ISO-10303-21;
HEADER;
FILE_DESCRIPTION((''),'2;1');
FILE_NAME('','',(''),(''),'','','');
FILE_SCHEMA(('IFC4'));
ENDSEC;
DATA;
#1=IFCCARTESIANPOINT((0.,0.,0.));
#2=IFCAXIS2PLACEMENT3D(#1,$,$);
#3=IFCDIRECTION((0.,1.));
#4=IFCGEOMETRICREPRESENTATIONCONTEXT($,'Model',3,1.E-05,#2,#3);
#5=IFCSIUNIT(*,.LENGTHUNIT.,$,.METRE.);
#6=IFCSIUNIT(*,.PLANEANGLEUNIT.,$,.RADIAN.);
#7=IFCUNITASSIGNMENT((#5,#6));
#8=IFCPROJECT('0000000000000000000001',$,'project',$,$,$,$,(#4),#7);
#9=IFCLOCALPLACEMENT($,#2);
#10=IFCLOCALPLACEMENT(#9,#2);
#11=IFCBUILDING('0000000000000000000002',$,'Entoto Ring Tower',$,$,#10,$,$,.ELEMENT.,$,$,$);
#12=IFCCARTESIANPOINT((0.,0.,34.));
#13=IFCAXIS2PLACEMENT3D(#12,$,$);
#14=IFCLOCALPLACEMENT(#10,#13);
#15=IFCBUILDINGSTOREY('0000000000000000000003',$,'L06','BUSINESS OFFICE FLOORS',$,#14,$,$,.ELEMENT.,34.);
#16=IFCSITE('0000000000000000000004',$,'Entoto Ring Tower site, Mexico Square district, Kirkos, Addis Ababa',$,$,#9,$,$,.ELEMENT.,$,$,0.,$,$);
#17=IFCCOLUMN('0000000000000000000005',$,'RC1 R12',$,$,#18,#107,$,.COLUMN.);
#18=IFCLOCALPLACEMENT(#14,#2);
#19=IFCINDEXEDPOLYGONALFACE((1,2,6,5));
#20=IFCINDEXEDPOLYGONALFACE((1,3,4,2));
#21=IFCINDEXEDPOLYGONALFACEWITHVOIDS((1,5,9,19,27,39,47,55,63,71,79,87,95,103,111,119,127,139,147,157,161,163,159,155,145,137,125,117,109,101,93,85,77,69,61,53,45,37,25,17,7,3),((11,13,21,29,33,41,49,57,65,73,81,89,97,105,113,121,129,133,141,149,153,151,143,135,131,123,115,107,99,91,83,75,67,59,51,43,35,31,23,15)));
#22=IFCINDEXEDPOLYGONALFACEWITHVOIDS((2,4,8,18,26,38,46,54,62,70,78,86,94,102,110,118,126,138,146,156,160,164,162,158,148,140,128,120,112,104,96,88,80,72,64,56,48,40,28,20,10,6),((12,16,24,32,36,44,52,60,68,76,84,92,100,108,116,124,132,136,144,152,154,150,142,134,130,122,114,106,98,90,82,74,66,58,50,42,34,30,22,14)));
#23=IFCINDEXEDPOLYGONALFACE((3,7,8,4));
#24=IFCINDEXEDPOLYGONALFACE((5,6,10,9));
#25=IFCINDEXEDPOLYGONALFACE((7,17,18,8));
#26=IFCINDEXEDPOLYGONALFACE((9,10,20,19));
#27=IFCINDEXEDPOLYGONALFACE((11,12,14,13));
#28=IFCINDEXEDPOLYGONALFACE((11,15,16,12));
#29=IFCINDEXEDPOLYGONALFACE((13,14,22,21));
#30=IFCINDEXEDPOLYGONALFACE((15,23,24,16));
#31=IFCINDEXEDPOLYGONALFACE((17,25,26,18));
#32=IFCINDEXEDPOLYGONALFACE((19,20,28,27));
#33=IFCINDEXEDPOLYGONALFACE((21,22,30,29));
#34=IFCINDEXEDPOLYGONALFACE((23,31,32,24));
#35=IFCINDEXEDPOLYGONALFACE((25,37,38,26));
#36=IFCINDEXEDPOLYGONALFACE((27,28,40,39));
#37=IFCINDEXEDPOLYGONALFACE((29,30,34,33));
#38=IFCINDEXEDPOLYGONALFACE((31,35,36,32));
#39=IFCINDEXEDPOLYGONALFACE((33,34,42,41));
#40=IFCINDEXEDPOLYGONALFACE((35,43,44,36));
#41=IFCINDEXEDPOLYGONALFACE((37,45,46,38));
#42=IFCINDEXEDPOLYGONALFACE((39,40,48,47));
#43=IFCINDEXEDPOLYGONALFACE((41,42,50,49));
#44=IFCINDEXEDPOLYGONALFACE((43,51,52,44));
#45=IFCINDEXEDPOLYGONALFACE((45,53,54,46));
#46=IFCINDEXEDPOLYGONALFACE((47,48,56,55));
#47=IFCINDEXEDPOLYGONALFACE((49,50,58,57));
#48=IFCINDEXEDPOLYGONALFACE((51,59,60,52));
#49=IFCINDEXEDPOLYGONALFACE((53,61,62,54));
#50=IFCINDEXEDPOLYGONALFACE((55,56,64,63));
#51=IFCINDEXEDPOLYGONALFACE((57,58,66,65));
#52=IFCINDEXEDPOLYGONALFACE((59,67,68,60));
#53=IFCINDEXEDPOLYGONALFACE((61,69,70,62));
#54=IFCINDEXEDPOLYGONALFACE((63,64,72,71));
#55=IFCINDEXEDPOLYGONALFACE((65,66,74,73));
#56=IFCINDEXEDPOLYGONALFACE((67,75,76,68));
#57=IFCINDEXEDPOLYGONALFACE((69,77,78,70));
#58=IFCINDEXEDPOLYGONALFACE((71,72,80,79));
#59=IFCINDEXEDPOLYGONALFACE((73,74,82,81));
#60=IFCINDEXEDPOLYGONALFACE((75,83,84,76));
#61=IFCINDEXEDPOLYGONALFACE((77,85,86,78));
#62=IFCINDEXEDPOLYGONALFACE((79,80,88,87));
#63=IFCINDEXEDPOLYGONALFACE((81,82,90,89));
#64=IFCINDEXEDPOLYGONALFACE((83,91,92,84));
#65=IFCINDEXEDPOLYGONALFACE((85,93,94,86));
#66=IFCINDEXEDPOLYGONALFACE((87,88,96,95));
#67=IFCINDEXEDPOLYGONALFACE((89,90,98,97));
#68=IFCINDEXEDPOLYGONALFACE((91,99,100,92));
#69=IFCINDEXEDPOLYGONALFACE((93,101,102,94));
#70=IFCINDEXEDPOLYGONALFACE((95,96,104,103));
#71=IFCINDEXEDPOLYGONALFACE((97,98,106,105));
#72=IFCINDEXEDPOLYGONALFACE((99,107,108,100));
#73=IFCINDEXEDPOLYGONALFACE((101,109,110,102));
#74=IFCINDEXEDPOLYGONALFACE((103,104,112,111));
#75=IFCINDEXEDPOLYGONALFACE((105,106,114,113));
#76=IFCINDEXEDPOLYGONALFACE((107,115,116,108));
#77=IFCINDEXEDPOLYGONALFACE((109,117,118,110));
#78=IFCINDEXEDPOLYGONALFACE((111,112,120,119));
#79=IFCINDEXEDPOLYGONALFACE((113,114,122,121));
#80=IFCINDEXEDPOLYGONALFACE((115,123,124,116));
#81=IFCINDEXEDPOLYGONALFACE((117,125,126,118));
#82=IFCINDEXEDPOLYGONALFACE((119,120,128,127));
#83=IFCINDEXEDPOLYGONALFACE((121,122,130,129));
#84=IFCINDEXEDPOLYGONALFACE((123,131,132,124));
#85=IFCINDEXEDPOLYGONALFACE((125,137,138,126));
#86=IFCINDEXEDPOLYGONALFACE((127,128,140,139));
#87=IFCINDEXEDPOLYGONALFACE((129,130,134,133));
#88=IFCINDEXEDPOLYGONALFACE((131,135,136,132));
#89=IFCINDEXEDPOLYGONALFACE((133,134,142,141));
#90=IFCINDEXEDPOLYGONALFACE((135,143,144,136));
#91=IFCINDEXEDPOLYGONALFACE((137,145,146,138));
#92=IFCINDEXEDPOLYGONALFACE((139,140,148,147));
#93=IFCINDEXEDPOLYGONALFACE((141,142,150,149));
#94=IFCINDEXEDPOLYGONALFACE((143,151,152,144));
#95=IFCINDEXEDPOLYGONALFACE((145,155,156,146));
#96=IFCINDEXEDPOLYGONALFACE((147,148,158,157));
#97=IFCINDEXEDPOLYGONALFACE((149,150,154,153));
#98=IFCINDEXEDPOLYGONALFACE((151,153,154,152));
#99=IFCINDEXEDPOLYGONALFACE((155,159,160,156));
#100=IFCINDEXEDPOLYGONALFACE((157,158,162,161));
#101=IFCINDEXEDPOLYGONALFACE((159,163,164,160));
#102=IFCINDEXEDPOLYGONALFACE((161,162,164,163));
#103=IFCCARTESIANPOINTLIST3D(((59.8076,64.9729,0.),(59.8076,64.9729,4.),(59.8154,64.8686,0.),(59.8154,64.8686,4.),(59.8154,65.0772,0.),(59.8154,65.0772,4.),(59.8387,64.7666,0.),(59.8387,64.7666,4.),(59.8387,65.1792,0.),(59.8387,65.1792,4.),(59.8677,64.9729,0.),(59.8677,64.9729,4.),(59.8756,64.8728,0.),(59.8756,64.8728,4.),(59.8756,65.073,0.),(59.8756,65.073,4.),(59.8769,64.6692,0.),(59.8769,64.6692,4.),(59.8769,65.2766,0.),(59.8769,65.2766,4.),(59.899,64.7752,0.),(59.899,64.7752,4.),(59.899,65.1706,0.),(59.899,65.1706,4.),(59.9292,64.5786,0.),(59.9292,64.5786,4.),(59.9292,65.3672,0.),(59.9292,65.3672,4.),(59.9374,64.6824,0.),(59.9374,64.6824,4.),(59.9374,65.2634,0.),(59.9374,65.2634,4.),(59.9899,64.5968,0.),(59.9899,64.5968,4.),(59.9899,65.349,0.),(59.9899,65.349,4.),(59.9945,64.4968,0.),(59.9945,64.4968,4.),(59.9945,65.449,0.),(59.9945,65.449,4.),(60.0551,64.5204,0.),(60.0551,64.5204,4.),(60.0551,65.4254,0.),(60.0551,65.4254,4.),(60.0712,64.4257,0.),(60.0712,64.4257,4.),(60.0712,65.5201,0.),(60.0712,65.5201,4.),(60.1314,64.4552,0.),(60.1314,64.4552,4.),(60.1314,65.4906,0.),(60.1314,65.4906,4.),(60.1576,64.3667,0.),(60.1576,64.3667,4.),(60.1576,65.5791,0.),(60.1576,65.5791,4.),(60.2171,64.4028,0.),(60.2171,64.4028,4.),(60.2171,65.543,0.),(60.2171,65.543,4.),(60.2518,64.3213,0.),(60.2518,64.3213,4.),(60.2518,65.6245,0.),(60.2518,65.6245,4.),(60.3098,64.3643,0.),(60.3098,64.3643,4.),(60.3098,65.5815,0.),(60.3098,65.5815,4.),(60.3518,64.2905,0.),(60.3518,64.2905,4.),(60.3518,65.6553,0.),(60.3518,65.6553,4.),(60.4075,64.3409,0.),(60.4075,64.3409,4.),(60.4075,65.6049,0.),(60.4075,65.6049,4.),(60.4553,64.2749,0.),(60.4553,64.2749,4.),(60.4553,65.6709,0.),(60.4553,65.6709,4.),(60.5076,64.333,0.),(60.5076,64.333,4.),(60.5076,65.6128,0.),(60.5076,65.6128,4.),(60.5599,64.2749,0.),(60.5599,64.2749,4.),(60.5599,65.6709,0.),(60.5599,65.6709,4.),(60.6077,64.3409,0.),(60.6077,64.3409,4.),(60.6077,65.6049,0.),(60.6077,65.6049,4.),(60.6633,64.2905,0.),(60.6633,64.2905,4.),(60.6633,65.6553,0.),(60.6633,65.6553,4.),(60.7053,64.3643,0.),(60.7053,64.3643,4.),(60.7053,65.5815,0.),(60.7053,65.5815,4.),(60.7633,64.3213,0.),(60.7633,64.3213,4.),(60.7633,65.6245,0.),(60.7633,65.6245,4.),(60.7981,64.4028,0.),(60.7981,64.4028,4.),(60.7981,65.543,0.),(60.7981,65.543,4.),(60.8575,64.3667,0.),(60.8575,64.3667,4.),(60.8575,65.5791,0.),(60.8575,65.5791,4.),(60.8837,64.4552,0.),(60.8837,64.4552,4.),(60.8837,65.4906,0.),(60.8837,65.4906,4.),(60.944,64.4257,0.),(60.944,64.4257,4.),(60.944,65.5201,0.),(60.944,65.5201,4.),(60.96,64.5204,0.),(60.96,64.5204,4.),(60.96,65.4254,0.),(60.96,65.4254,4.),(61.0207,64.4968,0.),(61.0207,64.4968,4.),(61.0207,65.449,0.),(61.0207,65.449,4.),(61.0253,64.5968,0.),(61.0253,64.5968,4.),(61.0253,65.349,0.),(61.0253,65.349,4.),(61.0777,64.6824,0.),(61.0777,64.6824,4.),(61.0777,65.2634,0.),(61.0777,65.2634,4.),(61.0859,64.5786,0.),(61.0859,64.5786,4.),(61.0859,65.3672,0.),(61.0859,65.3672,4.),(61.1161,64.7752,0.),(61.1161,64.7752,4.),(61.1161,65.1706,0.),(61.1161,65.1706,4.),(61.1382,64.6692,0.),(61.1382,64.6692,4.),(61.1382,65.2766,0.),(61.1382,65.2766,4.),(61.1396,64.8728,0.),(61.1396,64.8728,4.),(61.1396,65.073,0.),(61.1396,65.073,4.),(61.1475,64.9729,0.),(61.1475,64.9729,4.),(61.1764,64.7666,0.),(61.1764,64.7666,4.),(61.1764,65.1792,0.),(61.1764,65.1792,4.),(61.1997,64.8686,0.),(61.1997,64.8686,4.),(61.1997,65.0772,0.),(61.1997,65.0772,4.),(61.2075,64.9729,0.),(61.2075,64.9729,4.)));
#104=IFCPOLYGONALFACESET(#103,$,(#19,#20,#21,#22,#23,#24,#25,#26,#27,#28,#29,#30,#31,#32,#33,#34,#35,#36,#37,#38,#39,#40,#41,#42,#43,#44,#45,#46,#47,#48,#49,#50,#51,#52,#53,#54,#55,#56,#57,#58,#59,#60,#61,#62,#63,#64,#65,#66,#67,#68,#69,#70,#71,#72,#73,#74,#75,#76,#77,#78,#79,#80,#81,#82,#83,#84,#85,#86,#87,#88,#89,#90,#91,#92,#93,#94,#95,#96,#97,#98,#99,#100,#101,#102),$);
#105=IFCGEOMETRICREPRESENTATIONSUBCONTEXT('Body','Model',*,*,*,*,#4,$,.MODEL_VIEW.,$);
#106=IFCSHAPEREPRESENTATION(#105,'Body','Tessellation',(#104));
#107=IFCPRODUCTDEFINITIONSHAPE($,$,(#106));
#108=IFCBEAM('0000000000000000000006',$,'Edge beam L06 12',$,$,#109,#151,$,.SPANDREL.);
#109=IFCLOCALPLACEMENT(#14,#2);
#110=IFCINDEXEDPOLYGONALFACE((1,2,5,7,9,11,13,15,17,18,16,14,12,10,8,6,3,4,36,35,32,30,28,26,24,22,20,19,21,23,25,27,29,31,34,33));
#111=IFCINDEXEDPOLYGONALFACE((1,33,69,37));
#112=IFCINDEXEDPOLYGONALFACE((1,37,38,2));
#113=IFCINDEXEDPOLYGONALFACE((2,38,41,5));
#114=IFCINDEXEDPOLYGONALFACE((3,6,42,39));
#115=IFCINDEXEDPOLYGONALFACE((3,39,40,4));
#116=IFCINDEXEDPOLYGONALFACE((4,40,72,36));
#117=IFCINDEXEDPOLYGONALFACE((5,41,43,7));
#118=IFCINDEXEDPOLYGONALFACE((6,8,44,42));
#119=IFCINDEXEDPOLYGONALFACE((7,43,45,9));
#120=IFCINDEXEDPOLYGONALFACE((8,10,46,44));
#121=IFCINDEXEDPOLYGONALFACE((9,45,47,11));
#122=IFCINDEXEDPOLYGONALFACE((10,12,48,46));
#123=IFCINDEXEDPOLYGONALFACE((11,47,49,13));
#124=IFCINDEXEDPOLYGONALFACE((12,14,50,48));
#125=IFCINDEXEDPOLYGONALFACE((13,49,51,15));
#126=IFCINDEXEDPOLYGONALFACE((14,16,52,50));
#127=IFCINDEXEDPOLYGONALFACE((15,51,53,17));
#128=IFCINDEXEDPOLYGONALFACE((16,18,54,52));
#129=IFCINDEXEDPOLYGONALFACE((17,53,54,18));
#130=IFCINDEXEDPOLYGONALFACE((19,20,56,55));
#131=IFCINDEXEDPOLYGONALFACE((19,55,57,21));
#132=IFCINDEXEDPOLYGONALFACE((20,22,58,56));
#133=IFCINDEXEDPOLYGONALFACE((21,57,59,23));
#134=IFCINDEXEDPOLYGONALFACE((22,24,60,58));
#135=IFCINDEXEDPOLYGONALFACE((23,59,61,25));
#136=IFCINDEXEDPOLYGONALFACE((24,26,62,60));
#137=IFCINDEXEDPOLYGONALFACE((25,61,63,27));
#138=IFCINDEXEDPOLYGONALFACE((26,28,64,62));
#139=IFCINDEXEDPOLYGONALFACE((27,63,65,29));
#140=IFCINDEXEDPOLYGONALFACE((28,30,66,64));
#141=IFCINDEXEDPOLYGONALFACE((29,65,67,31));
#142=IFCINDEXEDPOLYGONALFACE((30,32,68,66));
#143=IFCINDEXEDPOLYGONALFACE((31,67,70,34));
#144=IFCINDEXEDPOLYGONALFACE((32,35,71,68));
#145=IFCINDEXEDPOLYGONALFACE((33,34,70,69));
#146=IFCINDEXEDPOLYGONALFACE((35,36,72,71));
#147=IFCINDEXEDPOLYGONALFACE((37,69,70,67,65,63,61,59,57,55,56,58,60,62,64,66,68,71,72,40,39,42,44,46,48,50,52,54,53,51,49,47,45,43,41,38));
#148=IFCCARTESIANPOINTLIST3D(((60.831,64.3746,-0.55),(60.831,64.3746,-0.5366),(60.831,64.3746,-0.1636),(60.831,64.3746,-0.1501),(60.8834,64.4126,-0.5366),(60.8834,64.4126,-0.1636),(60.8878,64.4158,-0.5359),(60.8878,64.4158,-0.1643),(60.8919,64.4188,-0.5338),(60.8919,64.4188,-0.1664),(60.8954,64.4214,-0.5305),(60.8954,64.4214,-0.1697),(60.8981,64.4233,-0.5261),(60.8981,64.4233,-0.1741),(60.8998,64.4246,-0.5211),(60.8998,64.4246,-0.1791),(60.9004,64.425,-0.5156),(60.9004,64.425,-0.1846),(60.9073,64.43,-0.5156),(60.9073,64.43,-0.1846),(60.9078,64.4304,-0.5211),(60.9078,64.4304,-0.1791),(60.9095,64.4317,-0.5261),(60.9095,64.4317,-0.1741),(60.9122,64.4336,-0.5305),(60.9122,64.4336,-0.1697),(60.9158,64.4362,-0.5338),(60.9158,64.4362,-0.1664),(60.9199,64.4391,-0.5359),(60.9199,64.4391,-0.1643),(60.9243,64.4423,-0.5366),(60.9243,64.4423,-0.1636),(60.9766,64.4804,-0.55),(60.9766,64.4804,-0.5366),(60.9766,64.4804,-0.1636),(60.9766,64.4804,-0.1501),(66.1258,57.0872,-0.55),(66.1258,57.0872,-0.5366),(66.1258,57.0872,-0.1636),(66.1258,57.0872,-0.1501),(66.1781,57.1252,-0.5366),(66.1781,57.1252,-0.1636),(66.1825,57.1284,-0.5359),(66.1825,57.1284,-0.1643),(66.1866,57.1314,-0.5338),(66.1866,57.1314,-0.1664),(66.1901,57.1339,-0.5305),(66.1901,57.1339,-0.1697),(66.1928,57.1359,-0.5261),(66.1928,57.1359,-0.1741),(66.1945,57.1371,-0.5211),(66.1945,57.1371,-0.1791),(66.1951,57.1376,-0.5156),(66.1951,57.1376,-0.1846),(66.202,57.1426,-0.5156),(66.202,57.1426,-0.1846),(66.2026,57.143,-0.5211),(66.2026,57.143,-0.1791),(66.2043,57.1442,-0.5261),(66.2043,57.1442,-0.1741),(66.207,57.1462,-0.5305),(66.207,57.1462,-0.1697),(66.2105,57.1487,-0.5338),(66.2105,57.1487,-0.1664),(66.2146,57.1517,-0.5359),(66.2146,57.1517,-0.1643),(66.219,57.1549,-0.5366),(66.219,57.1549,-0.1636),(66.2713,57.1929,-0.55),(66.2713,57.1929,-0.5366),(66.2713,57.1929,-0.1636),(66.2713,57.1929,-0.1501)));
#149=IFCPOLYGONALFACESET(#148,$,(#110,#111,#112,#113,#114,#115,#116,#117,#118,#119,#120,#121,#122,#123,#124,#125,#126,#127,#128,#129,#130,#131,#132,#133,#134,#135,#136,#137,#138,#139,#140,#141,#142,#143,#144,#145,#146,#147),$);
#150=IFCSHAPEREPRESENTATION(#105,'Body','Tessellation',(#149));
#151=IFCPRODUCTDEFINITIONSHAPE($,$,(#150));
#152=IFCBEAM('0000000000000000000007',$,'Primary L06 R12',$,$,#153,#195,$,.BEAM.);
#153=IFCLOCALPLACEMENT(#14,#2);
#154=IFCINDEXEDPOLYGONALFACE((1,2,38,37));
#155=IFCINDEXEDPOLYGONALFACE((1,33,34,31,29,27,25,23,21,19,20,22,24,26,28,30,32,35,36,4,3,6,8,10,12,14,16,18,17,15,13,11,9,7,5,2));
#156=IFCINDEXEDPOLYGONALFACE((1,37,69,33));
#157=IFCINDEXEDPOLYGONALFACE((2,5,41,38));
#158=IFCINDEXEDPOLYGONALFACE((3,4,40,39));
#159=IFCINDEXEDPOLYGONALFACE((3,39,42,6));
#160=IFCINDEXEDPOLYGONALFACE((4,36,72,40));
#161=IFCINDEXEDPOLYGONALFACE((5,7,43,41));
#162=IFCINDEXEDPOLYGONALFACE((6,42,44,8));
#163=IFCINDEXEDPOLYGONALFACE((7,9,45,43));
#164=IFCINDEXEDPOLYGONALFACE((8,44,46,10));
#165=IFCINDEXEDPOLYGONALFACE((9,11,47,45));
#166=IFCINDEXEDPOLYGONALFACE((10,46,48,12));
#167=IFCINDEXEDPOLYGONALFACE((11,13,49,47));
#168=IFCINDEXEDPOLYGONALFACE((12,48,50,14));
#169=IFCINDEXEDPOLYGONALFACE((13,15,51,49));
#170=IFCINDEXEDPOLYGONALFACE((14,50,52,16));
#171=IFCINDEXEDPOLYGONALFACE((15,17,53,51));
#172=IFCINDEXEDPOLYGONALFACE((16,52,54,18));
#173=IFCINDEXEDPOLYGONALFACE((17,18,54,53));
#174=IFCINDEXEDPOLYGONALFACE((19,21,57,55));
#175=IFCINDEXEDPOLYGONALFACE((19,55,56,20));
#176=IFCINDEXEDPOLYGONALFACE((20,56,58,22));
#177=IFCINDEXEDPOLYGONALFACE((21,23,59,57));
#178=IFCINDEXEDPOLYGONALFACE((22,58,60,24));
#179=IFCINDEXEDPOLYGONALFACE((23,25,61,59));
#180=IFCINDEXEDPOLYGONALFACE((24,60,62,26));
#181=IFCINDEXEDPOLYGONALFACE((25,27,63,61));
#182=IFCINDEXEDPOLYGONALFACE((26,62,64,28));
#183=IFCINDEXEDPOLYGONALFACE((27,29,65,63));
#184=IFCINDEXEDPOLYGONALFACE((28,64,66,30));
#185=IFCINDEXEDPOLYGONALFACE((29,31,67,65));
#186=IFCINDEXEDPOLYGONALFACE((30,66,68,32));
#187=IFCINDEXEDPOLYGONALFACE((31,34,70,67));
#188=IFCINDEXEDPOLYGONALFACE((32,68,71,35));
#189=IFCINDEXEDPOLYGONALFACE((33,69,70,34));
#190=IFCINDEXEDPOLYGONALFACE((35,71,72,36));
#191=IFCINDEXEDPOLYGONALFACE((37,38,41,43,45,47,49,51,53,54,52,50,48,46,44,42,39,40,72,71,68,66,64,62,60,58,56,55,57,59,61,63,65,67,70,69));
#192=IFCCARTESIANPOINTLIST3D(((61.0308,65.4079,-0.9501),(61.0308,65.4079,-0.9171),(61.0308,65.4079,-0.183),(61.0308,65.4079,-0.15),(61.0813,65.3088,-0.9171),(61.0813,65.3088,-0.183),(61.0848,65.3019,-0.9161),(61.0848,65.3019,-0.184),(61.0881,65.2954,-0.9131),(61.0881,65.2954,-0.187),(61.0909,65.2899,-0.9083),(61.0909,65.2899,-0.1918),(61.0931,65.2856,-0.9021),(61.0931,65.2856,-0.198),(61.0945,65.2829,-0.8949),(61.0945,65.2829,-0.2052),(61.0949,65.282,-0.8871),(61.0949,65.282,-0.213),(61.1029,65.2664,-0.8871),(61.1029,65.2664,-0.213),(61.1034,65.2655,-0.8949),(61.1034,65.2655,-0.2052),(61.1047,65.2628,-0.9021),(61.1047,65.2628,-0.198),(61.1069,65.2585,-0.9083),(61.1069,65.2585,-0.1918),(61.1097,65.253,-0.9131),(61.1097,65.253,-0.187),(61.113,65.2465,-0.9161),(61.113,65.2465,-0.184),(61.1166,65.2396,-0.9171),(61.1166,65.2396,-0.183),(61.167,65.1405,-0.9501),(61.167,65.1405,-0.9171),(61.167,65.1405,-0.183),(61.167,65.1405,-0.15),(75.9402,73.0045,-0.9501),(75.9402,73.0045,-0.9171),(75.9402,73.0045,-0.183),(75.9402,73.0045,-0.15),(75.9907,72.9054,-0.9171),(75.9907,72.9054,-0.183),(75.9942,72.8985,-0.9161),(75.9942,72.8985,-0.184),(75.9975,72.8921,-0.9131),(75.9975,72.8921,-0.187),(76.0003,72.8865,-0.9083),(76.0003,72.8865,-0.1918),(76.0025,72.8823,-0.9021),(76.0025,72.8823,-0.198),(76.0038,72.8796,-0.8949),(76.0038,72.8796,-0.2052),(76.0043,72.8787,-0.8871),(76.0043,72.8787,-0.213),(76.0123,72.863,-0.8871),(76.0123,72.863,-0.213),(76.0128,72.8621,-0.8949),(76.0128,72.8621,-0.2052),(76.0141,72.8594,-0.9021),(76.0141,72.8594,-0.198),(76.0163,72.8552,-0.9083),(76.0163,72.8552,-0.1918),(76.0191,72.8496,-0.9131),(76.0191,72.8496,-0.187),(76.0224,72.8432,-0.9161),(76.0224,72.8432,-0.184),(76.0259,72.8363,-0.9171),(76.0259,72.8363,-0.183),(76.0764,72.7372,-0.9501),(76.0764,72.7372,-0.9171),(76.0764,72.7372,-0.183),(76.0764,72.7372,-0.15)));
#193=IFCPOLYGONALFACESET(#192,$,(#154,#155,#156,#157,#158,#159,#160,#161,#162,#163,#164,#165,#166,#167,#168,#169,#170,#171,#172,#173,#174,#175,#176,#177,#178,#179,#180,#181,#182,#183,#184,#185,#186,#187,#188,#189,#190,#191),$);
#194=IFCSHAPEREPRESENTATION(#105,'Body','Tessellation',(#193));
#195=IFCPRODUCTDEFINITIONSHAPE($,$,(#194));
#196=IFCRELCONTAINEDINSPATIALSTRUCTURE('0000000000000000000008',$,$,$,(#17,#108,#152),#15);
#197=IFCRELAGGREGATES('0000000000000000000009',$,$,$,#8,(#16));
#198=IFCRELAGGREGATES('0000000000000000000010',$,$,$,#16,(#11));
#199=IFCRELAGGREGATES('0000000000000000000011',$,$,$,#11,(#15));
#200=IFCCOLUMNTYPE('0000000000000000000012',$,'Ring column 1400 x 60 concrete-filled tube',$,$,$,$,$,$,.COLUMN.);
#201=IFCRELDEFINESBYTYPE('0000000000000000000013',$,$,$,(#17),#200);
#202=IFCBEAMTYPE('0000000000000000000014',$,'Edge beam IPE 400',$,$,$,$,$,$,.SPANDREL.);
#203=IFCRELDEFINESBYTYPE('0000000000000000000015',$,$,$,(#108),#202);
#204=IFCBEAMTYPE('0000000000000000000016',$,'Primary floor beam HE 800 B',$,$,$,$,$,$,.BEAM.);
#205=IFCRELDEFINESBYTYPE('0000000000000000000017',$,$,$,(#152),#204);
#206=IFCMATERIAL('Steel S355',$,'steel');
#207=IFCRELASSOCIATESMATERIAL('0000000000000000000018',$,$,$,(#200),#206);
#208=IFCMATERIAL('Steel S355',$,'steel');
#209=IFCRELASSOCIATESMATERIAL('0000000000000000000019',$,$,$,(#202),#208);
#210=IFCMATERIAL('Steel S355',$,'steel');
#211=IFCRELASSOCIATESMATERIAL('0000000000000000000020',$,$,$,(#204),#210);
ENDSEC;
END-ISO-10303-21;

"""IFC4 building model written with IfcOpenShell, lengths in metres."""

from ifc_helpers import new_model, si_unit, direction, frame, origin, origin_2d, place, context, subcontext, project, spatial, circle, hollow_circle, i_section, extrude, material, material_profile, profile_set, type_object, element, save


model = new_model("IFC4")

# Units and contexts
model_context = context("Model", 3, precision=1e-05, world=origin(), true_north=direction((0.0, 1.0)))
body_context = subcontext(model_context, "Body", "Model", "MODEL_VIEW")
ifc_project = project(units=[si_unit("LENGTHUNIT", "METRE"), si_unit("PLANEANGLEUNIT", "RADIAN")], contexts=[model_context])

# Site, building, storey
site_placement = place(None, origin())
site = spatial("IfcSite", under=ifc_project, at=site_placement, Name="Entoto Ring Tower site, Mexico Square district, Kirkos, Addis Ababa", CompositionType="ELEMENT", RefElevation=0.0)
building_placement = place(site_placement, origin())
building = spatial("IfcBuilding", under=site, at=building_placement, Name="Entoto Ring Tower", CompositionType="ELEMENT")
storey_placement = place(building_placement, frame((0.0, 0.0, 34.0)))
storey = spatial("IfcBuildingStorey", under=building, at=storey_placement, Name="L06", Description="BUSINESS OFFICE FLOORS", CompositionType="ELEMENT", Elevation=34.0)

# Column
ifc_material_1 = material(Name="Steel S355", Category="steel")
ifc_material_profile_1 = material_profile(ifc_material_1, hollow_circle(Radius=0.7, WallThickness=0.0601, at=origin_2d()), Name="CHS 1400 x 60")
ifc_material_2 = material(Name="Concrete C60/75", Category="concrete")
ifc_material_profile_2 = material_profile(ifc_material_2, circle(Radius=0.6399, at=origin_2d()), Name="Concrete C60/75 infill")
ifc_profile_set_1 = profile_set([ifc_material_profile_1, ifc_material_profile_2], Name="Steel S355")
column_type = type_object("IfcColumnType", Name="Ring column 1400 x 60 concrete-filled tube", PredefinedType="COLUMN", material=ifc_profile_set_1)
column_placement = place(storey_placement, frame((60.5076, 64.9729, 0.0), z_axis=(0.0, 0.0, 1.0), x_axis=(1.0, 0.0, 0.0)))
element("IfcColumn", 1, at=column_placement, inside=storey, type_object=column_type, Name="RC1 R12", PredefinedType="COLUMN", context=body_context, shape_type="SweptSolid", body=[
    extrude(hollow_circle(Radius=0.7, WallThickness=0.0601, at=origin_2d()), origin(), (0.0, 0.0, 1.0), 4.0),
])

# Beams
ifc_material_3 = material(Name="Steel S355", Category="steel")
ifc_material_profile_3 = material_profile(ifc_material_3, i_section(OverallWidth=0.1799, OverallDepth=0.3999, WebThickness=0.0085, FlangeThickness=0.0134, FilletRadius=0.021, at=origin_2d()), Name="IPE 400")
ifc_profile_set_2 = profile_set([ifc_material_profile_3], Name="Steel S355")
beam_type_1 = type_object("IfcBeamType", Name="Edge beam IPE 400", PredefinedType="SPANDREL", material=ifc_profile_set_2)
beam_1_placement = place(storey_placement, frame((60.9038, 64.4275, -0.3501), z_axis=(0.587793, -0.809011, 0.0), x_axis=(0.809011, 0.587793, 0.0)))
element("IfcBeam", 2, at=beam_1_placement, inside=storey, type_object=beam_type_1, Name="Edge beam L06 12", PredefinedType="SPANDREL", context=body_context, shape_type="SweptSolid", body=[
    extrude(i_section(OverallWidth=0.1799, OverallDepth=0.3999, WebThickness=0.0085, FlangeThickness=0.0134, FilletRadius=0.021, at=origin_2d()), origin(), (0.0, 0.0, 1.0), 9.0078),
])
ifc_material_4 = material(Name="Steel S355", Category="steel")
ifc_material_profile_4 = material_profile(ifc_material_4, i_section(OverallWidth=0.3, OverallDepth=0.8, WebThickness=0.0176, FlangeThickness=0.033, FilletRadius=0.03, at=origin_2d()), Name="HE 800 B")
ifc_profile_set_3 = profile_set([ifc_material_profile_4], Name="Steel S355")
beam_type_2 = type_object("IfcBeamType", Name="Primary floor beam HE 800 B", PredefinedType="BEAM", material=ifc_profile_set_3)
beam_2_placement = place(storey_placement, frame((76.0083, 72.8708, -0.55), z_axis=(-0.891008, -0.453988, 0.0), x_axis=(0.453988, -0.891008, 0.0)))
element("IfcBeam", 3, at=beam_2_placement, inside=storey, type_object=beam_type_2, Name="Primary L06 R12", PredefinedType="BEAM", context=body_context, shape_type="SweptSolid", body=[
    extrude(i_section(OverallWidth=0.3, OverallDepth=0.8, WebThickness=0.0176, FlangeThickness=0.033, FilletRadius=0.03, at=origin_2d()), origin(), (0.0, 0.0, 1.0), 16.7332),
])

save(model, "model.ifc")
